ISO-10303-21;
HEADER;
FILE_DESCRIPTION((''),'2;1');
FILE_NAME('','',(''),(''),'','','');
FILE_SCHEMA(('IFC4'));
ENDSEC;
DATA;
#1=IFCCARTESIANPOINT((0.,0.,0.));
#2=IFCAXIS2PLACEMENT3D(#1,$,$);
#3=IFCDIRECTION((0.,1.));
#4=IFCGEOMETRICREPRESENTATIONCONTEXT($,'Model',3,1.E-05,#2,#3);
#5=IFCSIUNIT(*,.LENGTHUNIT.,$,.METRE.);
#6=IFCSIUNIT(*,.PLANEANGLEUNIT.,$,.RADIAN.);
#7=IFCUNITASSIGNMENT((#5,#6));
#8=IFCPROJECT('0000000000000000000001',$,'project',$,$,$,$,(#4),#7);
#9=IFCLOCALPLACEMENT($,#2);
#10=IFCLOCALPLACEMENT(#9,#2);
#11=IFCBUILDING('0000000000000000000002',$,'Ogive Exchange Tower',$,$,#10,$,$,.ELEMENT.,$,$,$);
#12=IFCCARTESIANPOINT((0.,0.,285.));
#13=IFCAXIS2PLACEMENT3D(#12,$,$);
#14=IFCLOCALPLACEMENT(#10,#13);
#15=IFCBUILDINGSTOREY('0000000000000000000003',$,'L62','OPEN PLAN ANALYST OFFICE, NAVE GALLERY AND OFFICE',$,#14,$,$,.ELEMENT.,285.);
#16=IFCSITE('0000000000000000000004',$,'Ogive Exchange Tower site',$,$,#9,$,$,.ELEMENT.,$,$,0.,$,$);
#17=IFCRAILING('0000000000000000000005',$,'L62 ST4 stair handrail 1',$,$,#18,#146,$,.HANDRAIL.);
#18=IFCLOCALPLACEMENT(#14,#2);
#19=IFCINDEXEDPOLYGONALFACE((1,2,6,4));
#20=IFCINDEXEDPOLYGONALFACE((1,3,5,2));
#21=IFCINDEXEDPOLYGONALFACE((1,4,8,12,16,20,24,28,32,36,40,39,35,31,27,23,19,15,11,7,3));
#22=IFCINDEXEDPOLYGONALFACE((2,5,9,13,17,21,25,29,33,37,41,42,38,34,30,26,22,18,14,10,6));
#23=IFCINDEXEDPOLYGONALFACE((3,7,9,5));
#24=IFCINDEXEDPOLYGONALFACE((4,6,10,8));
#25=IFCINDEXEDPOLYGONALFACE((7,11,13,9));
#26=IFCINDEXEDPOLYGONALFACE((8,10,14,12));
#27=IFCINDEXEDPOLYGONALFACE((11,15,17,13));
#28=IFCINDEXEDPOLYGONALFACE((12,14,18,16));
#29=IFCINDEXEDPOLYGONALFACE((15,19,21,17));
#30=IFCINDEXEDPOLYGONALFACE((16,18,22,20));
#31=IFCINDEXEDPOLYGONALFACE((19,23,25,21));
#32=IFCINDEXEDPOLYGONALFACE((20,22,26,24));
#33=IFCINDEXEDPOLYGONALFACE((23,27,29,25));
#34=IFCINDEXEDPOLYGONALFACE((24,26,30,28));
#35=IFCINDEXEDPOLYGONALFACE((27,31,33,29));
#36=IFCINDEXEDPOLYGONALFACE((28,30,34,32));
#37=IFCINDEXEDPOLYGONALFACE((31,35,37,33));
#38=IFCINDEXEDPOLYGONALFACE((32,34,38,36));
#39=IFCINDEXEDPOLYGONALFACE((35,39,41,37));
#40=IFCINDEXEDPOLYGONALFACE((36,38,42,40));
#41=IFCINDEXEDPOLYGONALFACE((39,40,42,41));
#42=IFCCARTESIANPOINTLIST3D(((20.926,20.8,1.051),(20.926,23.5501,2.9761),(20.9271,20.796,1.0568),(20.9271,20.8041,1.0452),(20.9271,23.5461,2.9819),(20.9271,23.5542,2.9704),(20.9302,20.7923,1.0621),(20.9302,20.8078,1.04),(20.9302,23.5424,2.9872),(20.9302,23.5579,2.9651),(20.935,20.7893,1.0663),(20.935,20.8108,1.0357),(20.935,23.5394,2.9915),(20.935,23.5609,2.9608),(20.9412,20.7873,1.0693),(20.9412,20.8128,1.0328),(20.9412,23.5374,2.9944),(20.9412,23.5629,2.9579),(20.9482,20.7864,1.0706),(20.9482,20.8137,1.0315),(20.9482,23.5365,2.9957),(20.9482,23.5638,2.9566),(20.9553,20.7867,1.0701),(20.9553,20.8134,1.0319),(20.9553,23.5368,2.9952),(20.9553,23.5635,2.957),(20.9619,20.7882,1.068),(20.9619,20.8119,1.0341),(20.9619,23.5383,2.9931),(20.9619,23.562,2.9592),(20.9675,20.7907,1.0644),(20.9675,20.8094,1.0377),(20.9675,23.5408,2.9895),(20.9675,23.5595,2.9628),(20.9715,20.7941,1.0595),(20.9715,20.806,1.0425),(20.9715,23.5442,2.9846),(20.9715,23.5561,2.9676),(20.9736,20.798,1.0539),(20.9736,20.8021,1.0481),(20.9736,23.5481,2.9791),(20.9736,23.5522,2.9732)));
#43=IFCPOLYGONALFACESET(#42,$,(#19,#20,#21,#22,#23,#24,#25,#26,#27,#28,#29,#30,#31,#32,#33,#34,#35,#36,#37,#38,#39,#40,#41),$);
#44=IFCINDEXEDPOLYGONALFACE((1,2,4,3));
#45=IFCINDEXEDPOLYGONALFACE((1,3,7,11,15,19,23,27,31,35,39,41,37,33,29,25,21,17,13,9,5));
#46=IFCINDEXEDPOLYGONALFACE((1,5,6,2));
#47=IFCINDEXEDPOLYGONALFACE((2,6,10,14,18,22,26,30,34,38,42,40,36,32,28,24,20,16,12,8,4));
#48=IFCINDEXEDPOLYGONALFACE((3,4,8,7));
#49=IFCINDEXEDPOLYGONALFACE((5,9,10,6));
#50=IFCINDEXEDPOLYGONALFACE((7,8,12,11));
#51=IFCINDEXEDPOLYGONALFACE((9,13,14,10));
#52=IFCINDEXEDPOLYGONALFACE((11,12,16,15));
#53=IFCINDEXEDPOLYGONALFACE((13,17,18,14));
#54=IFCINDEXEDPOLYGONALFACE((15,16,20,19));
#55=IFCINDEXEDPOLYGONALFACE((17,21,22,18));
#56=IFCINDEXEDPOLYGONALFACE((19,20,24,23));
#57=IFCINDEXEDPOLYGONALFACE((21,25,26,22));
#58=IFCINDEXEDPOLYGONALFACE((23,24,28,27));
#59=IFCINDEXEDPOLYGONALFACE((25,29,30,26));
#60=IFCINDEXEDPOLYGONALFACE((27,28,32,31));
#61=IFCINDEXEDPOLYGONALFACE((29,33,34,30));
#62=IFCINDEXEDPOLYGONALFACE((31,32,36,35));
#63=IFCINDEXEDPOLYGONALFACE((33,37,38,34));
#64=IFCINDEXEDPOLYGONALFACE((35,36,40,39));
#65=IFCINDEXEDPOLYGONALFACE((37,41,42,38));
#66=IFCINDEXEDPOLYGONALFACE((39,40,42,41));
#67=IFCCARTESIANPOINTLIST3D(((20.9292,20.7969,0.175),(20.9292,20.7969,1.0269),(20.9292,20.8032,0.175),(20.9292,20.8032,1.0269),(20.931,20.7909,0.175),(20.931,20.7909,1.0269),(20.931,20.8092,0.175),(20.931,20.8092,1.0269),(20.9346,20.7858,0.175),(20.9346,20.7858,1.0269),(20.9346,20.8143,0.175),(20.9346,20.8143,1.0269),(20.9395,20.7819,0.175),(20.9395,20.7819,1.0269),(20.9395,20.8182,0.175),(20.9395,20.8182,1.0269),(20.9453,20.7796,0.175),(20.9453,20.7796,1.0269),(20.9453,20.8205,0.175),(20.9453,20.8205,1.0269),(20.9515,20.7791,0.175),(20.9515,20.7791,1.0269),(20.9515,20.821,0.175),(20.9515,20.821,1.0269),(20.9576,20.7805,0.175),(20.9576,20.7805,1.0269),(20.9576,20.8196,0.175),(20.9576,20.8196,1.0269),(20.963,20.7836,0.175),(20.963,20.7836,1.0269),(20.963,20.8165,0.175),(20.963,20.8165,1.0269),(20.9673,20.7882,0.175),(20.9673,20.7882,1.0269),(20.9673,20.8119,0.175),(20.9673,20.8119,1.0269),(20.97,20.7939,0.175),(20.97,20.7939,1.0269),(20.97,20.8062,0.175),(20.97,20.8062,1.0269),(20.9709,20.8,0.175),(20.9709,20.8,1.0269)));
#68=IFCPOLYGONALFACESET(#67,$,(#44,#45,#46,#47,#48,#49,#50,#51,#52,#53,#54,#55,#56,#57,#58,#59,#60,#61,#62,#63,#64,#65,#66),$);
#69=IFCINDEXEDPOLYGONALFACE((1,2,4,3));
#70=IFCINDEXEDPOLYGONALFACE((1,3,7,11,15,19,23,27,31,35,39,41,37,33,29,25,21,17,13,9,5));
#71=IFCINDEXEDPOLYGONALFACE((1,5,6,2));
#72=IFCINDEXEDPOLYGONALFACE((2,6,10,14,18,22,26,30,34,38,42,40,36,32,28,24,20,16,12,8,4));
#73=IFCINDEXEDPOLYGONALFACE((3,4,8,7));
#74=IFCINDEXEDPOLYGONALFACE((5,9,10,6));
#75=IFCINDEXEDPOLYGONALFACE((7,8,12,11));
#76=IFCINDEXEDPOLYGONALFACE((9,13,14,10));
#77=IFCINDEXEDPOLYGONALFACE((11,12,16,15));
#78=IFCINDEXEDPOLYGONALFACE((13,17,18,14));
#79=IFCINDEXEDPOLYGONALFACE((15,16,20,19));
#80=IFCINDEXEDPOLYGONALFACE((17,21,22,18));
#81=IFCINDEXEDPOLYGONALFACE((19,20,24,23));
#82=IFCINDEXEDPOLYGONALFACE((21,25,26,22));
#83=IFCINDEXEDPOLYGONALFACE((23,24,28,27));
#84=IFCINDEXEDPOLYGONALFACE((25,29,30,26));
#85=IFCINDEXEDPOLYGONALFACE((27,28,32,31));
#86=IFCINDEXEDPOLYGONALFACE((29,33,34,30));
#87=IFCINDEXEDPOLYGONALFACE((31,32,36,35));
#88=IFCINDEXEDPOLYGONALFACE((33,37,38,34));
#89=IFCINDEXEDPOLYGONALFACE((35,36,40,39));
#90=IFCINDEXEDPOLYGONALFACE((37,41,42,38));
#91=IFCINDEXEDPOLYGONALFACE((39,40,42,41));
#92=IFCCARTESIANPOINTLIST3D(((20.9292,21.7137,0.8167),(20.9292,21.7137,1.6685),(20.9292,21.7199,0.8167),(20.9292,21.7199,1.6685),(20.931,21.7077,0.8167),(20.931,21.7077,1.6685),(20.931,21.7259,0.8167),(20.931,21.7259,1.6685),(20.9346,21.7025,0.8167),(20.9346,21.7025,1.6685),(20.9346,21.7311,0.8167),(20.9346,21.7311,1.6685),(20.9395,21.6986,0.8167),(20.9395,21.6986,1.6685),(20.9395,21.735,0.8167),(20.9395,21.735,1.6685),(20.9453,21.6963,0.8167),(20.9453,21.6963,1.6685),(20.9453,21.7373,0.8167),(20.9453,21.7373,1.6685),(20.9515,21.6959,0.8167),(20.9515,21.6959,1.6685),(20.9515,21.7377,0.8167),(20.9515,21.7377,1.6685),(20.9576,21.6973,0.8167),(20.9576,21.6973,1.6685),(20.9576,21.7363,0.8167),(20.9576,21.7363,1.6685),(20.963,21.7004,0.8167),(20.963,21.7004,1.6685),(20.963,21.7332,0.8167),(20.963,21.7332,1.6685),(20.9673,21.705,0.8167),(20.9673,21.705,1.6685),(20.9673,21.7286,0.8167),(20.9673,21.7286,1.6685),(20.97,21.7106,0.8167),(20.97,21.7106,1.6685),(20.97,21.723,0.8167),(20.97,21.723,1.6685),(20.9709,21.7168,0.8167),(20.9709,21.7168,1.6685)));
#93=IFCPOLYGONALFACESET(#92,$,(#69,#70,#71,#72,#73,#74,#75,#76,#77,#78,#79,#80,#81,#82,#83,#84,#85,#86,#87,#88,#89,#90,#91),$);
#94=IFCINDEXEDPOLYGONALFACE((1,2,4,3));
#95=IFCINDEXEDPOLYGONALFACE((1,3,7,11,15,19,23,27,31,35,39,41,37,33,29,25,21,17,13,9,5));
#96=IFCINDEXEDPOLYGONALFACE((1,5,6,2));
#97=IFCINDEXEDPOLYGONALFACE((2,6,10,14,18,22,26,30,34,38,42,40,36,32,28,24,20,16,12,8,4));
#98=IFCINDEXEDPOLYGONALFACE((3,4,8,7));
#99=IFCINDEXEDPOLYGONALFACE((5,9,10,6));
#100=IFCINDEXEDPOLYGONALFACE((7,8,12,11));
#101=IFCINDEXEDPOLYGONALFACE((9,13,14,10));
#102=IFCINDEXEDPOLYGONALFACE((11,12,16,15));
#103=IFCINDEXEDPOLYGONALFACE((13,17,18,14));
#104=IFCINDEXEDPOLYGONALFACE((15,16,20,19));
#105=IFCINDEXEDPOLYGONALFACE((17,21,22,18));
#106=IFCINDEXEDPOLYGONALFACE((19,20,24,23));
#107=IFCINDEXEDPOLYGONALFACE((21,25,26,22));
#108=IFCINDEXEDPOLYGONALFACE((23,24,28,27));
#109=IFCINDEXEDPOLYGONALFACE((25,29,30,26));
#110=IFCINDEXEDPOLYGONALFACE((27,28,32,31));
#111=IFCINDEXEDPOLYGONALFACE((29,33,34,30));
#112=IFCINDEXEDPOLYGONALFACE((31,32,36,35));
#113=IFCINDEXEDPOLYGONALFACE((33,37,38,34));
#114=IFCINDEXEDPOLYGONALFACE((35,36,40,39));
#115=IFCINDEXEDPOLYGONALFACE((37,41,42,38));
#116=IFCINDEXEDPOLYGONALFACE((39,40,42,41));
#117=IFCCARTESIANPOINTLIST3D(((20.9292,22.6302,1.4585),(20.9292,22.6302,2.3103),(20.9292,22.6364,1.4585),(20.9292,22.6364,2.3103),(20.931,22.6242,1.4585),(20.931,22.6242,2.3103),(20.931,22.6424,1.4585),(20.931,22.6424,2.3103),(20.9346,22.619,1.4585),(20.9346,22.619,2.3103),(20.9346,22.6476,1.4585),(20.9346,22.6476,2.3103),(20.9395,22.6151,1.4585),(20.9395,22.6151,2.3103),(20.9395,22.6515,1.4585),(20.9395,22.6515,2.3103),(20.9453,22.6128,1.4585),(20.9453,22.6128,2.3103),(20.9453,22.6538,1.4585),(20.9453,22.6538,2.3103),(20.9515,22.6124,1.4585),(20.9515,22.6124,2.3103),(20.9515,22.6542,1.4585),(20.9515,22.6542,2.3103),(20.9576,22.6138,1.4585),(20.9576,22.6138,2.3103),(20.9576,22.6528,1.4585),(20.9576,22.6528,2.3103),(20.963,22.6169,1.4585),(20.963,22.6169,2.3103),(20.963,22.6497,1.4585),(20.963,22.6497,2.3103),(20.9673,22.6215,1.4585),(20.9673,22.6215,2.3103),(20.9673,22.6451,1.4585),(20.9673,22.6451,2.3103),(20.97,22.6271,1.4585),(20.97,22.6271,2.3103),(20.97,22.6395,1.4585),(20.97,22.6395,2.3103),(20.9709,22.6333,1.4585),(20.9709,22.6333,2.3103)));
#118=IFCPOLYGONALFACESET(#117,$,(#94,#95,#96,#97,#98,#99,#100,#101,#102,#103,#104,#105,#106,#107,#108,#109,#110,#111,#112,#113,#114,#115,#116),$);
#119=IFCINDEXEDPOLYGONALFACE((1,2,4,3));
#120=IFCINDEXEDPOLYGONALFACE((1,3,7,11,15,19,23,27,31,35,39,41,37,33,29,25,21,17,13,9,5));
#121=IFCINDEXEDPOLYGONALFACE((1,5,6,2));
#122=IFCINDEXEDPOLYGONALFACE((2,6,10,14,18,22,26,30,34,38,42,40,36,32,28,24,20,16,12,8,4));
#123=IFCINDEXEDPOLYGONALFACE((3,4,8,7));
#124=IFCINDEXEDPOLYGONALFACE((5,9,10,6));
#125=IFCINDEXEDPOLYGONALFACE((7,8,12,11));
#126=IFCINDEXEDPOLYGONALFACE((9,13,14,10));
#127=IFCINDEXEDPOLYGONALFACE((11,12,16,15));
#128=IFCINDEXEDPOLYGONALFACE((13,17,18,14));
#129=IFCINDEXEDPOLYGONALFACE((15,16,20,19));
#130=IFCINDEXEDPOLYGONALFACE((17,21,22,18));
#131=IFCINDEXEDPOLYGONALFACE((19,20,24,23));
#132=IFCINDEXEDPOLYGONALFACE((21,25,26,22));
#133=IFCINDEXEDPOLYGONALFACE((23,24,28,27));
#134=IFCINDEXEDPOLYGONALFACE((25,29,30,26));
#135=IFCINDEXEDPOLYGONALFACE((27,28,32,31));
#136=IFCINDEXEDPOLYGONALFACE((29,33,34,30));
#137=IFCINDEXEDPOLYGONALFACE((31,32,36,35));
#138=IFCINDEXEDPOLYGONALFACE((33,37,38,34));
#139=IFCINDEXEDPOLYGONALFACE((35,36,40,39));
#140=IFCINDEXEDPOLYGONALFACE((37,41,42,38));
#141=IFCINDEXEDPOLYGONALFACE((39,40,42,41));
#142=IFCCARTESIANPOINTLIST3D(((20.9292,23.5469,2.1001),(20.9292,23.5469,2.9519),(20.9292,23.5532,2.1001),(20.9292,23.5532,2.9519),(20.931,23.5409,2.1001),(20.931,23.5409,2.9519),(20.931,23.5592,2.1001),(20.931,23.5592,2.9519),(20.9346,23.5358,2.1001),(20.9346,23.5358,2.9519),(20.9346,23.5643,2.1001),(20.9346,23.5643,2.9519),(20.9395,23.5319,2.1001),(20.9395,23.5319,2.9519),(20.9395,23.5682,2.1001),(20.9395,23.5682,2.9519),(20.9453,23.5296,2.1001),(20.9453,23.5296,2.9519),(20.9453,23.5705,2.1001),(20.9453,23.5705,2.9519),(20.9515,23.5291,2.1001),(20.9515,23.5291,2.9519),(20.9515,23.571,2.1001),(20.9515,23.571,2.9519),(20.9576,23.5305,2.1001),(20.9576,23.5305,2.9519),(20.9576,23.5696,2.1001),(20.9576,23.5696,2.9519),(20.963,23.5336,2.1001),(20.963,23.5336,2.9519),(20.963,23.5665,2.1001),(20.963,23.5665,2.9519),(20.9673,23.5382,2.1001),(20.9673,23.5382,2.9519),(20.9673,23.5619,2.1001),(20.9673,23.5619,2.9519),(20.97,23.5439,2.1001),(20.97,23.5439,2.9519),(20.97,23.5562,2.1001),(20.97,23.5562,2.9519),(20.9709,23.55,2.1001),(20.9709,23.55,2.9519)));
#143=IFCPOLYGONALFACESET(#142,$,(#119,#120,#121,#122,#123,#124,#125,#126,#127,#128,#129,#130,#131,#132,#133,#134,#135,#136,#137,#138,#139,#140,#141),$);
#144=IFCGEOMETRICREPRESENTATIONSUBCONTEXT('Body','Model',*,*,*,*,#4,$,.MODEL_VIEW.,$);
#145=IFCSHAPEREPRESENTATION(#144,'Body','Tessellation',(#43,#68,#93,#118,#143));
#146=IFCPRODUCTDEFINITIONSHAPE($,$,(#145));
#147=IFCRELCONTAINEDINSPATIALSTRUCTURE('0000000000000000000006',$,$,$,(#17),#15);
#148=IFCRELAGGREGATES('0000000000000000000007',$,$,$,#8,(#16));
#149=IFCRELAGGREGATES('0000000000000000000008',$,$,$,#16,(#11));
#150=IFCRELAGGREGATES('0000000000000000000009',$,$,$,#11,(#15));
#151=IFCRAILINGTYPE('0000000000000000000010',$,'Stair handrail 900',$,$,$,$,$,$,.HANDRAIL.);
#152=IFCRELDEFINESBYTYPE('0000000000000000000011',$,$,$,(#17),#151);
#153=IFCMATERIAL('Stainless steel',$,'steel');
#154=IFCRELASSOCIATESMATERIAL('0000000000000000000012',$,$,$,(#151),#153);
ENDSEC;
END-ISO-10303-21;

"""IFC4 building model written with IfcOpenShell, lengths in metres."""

from ifc_helpers import new_model, si_unit, direction, frame, origin, origin_2d, place, context, subcontext, project, spatial, circle, extrude, material, type_object, element, save


model = new_model("IFC4")

# Units and contexts
model_context = context("Model", 3, precision=1e-05, world=origin(), true_north=direction((0.0, 1.0)))
body_context = subcontext(model_context, "Body", "Model", "MODEL_VIEW")
ifc_project = project(units=[si_unit("LENGTHUNIT", "METRE"), si_unit("PLANEANGLEUNIT", "RADIAN")], contexts=[model_context])

# Site, building, storey
site_placement = place(None, origin())
site = spatial("IfcSite", under=ifc_project, at=site_placement, Name="Ogive Exchange Tower site", CompositionType="ELEMENT", RefElevation=0.0)
building_placement = place(site_placement, origin())
building = spatial("IfcBuilding", under=site, at=building_placement, Name="Ogive Exchange Tower", CompositionType="ELEMENT")
storey_placement = place(building_placement, frame((0.0, 0.0, 285.0)))
storey = spatial("IfcBuildingStorey", under=building, at=storey_placement, Name="L62", Description="OPEN PLAN ANALYST OFFICE, NAVE GALLERY AND OFFICE", CompositionType="ELEMENT", Elevation=285.0)

# Railing
ifc_material_1 = material(Name="Stainless steel", Category="steel")
railing_type = type_object("IfcRailingType", Name="Stair handrail 900", PredefinedType="HANDRAIL", material=ifc_material_1)
railing_placement = place(storey_placement, frame((20.95, 20.8, 0.175)))
element("IfcRailing", 1, at=railing_placement, inside=storey, type_object=railing_type, Name="L62 ST4 stair handrail 1", PredefinedType="HANDRAIL", context=body_context, shape_type="SweptSolid", body=[
    extrude(circle(Radius=0.0239, at=origin_2d()), frame((0.0, 0.0, 0.876), z_axis=(0.0, 0.819225, 0.573472), x_axis=(-1.0, 0.0, 0.0)), (0.0, 0.0, 1.0), 3.3569),
    extrude(circle(Radius=0.021, at=origin_2d()), origin(), (0.0, 0.0, 1.0), 0.8518),
    extrude(circle(Radius=0.021, at=origin_2d()), frame((0.0, 0.9167, 0.6416)), (0.0, 0.0, 1.0), 0.8518),
    extrude(circle(Radius=0.021, at=origin_2d()), frame((0.0, 1.8333, 1.2834)), (0.0, 0.0, 1.0), 0.8518),
    extrude(circle(Radius=0.021, at=origin_2d()), frame((0.0, 2.75, 1.925)), (0.0, 0.0, 1.0), 0.8518),
])

save(model, "model.ifc")
